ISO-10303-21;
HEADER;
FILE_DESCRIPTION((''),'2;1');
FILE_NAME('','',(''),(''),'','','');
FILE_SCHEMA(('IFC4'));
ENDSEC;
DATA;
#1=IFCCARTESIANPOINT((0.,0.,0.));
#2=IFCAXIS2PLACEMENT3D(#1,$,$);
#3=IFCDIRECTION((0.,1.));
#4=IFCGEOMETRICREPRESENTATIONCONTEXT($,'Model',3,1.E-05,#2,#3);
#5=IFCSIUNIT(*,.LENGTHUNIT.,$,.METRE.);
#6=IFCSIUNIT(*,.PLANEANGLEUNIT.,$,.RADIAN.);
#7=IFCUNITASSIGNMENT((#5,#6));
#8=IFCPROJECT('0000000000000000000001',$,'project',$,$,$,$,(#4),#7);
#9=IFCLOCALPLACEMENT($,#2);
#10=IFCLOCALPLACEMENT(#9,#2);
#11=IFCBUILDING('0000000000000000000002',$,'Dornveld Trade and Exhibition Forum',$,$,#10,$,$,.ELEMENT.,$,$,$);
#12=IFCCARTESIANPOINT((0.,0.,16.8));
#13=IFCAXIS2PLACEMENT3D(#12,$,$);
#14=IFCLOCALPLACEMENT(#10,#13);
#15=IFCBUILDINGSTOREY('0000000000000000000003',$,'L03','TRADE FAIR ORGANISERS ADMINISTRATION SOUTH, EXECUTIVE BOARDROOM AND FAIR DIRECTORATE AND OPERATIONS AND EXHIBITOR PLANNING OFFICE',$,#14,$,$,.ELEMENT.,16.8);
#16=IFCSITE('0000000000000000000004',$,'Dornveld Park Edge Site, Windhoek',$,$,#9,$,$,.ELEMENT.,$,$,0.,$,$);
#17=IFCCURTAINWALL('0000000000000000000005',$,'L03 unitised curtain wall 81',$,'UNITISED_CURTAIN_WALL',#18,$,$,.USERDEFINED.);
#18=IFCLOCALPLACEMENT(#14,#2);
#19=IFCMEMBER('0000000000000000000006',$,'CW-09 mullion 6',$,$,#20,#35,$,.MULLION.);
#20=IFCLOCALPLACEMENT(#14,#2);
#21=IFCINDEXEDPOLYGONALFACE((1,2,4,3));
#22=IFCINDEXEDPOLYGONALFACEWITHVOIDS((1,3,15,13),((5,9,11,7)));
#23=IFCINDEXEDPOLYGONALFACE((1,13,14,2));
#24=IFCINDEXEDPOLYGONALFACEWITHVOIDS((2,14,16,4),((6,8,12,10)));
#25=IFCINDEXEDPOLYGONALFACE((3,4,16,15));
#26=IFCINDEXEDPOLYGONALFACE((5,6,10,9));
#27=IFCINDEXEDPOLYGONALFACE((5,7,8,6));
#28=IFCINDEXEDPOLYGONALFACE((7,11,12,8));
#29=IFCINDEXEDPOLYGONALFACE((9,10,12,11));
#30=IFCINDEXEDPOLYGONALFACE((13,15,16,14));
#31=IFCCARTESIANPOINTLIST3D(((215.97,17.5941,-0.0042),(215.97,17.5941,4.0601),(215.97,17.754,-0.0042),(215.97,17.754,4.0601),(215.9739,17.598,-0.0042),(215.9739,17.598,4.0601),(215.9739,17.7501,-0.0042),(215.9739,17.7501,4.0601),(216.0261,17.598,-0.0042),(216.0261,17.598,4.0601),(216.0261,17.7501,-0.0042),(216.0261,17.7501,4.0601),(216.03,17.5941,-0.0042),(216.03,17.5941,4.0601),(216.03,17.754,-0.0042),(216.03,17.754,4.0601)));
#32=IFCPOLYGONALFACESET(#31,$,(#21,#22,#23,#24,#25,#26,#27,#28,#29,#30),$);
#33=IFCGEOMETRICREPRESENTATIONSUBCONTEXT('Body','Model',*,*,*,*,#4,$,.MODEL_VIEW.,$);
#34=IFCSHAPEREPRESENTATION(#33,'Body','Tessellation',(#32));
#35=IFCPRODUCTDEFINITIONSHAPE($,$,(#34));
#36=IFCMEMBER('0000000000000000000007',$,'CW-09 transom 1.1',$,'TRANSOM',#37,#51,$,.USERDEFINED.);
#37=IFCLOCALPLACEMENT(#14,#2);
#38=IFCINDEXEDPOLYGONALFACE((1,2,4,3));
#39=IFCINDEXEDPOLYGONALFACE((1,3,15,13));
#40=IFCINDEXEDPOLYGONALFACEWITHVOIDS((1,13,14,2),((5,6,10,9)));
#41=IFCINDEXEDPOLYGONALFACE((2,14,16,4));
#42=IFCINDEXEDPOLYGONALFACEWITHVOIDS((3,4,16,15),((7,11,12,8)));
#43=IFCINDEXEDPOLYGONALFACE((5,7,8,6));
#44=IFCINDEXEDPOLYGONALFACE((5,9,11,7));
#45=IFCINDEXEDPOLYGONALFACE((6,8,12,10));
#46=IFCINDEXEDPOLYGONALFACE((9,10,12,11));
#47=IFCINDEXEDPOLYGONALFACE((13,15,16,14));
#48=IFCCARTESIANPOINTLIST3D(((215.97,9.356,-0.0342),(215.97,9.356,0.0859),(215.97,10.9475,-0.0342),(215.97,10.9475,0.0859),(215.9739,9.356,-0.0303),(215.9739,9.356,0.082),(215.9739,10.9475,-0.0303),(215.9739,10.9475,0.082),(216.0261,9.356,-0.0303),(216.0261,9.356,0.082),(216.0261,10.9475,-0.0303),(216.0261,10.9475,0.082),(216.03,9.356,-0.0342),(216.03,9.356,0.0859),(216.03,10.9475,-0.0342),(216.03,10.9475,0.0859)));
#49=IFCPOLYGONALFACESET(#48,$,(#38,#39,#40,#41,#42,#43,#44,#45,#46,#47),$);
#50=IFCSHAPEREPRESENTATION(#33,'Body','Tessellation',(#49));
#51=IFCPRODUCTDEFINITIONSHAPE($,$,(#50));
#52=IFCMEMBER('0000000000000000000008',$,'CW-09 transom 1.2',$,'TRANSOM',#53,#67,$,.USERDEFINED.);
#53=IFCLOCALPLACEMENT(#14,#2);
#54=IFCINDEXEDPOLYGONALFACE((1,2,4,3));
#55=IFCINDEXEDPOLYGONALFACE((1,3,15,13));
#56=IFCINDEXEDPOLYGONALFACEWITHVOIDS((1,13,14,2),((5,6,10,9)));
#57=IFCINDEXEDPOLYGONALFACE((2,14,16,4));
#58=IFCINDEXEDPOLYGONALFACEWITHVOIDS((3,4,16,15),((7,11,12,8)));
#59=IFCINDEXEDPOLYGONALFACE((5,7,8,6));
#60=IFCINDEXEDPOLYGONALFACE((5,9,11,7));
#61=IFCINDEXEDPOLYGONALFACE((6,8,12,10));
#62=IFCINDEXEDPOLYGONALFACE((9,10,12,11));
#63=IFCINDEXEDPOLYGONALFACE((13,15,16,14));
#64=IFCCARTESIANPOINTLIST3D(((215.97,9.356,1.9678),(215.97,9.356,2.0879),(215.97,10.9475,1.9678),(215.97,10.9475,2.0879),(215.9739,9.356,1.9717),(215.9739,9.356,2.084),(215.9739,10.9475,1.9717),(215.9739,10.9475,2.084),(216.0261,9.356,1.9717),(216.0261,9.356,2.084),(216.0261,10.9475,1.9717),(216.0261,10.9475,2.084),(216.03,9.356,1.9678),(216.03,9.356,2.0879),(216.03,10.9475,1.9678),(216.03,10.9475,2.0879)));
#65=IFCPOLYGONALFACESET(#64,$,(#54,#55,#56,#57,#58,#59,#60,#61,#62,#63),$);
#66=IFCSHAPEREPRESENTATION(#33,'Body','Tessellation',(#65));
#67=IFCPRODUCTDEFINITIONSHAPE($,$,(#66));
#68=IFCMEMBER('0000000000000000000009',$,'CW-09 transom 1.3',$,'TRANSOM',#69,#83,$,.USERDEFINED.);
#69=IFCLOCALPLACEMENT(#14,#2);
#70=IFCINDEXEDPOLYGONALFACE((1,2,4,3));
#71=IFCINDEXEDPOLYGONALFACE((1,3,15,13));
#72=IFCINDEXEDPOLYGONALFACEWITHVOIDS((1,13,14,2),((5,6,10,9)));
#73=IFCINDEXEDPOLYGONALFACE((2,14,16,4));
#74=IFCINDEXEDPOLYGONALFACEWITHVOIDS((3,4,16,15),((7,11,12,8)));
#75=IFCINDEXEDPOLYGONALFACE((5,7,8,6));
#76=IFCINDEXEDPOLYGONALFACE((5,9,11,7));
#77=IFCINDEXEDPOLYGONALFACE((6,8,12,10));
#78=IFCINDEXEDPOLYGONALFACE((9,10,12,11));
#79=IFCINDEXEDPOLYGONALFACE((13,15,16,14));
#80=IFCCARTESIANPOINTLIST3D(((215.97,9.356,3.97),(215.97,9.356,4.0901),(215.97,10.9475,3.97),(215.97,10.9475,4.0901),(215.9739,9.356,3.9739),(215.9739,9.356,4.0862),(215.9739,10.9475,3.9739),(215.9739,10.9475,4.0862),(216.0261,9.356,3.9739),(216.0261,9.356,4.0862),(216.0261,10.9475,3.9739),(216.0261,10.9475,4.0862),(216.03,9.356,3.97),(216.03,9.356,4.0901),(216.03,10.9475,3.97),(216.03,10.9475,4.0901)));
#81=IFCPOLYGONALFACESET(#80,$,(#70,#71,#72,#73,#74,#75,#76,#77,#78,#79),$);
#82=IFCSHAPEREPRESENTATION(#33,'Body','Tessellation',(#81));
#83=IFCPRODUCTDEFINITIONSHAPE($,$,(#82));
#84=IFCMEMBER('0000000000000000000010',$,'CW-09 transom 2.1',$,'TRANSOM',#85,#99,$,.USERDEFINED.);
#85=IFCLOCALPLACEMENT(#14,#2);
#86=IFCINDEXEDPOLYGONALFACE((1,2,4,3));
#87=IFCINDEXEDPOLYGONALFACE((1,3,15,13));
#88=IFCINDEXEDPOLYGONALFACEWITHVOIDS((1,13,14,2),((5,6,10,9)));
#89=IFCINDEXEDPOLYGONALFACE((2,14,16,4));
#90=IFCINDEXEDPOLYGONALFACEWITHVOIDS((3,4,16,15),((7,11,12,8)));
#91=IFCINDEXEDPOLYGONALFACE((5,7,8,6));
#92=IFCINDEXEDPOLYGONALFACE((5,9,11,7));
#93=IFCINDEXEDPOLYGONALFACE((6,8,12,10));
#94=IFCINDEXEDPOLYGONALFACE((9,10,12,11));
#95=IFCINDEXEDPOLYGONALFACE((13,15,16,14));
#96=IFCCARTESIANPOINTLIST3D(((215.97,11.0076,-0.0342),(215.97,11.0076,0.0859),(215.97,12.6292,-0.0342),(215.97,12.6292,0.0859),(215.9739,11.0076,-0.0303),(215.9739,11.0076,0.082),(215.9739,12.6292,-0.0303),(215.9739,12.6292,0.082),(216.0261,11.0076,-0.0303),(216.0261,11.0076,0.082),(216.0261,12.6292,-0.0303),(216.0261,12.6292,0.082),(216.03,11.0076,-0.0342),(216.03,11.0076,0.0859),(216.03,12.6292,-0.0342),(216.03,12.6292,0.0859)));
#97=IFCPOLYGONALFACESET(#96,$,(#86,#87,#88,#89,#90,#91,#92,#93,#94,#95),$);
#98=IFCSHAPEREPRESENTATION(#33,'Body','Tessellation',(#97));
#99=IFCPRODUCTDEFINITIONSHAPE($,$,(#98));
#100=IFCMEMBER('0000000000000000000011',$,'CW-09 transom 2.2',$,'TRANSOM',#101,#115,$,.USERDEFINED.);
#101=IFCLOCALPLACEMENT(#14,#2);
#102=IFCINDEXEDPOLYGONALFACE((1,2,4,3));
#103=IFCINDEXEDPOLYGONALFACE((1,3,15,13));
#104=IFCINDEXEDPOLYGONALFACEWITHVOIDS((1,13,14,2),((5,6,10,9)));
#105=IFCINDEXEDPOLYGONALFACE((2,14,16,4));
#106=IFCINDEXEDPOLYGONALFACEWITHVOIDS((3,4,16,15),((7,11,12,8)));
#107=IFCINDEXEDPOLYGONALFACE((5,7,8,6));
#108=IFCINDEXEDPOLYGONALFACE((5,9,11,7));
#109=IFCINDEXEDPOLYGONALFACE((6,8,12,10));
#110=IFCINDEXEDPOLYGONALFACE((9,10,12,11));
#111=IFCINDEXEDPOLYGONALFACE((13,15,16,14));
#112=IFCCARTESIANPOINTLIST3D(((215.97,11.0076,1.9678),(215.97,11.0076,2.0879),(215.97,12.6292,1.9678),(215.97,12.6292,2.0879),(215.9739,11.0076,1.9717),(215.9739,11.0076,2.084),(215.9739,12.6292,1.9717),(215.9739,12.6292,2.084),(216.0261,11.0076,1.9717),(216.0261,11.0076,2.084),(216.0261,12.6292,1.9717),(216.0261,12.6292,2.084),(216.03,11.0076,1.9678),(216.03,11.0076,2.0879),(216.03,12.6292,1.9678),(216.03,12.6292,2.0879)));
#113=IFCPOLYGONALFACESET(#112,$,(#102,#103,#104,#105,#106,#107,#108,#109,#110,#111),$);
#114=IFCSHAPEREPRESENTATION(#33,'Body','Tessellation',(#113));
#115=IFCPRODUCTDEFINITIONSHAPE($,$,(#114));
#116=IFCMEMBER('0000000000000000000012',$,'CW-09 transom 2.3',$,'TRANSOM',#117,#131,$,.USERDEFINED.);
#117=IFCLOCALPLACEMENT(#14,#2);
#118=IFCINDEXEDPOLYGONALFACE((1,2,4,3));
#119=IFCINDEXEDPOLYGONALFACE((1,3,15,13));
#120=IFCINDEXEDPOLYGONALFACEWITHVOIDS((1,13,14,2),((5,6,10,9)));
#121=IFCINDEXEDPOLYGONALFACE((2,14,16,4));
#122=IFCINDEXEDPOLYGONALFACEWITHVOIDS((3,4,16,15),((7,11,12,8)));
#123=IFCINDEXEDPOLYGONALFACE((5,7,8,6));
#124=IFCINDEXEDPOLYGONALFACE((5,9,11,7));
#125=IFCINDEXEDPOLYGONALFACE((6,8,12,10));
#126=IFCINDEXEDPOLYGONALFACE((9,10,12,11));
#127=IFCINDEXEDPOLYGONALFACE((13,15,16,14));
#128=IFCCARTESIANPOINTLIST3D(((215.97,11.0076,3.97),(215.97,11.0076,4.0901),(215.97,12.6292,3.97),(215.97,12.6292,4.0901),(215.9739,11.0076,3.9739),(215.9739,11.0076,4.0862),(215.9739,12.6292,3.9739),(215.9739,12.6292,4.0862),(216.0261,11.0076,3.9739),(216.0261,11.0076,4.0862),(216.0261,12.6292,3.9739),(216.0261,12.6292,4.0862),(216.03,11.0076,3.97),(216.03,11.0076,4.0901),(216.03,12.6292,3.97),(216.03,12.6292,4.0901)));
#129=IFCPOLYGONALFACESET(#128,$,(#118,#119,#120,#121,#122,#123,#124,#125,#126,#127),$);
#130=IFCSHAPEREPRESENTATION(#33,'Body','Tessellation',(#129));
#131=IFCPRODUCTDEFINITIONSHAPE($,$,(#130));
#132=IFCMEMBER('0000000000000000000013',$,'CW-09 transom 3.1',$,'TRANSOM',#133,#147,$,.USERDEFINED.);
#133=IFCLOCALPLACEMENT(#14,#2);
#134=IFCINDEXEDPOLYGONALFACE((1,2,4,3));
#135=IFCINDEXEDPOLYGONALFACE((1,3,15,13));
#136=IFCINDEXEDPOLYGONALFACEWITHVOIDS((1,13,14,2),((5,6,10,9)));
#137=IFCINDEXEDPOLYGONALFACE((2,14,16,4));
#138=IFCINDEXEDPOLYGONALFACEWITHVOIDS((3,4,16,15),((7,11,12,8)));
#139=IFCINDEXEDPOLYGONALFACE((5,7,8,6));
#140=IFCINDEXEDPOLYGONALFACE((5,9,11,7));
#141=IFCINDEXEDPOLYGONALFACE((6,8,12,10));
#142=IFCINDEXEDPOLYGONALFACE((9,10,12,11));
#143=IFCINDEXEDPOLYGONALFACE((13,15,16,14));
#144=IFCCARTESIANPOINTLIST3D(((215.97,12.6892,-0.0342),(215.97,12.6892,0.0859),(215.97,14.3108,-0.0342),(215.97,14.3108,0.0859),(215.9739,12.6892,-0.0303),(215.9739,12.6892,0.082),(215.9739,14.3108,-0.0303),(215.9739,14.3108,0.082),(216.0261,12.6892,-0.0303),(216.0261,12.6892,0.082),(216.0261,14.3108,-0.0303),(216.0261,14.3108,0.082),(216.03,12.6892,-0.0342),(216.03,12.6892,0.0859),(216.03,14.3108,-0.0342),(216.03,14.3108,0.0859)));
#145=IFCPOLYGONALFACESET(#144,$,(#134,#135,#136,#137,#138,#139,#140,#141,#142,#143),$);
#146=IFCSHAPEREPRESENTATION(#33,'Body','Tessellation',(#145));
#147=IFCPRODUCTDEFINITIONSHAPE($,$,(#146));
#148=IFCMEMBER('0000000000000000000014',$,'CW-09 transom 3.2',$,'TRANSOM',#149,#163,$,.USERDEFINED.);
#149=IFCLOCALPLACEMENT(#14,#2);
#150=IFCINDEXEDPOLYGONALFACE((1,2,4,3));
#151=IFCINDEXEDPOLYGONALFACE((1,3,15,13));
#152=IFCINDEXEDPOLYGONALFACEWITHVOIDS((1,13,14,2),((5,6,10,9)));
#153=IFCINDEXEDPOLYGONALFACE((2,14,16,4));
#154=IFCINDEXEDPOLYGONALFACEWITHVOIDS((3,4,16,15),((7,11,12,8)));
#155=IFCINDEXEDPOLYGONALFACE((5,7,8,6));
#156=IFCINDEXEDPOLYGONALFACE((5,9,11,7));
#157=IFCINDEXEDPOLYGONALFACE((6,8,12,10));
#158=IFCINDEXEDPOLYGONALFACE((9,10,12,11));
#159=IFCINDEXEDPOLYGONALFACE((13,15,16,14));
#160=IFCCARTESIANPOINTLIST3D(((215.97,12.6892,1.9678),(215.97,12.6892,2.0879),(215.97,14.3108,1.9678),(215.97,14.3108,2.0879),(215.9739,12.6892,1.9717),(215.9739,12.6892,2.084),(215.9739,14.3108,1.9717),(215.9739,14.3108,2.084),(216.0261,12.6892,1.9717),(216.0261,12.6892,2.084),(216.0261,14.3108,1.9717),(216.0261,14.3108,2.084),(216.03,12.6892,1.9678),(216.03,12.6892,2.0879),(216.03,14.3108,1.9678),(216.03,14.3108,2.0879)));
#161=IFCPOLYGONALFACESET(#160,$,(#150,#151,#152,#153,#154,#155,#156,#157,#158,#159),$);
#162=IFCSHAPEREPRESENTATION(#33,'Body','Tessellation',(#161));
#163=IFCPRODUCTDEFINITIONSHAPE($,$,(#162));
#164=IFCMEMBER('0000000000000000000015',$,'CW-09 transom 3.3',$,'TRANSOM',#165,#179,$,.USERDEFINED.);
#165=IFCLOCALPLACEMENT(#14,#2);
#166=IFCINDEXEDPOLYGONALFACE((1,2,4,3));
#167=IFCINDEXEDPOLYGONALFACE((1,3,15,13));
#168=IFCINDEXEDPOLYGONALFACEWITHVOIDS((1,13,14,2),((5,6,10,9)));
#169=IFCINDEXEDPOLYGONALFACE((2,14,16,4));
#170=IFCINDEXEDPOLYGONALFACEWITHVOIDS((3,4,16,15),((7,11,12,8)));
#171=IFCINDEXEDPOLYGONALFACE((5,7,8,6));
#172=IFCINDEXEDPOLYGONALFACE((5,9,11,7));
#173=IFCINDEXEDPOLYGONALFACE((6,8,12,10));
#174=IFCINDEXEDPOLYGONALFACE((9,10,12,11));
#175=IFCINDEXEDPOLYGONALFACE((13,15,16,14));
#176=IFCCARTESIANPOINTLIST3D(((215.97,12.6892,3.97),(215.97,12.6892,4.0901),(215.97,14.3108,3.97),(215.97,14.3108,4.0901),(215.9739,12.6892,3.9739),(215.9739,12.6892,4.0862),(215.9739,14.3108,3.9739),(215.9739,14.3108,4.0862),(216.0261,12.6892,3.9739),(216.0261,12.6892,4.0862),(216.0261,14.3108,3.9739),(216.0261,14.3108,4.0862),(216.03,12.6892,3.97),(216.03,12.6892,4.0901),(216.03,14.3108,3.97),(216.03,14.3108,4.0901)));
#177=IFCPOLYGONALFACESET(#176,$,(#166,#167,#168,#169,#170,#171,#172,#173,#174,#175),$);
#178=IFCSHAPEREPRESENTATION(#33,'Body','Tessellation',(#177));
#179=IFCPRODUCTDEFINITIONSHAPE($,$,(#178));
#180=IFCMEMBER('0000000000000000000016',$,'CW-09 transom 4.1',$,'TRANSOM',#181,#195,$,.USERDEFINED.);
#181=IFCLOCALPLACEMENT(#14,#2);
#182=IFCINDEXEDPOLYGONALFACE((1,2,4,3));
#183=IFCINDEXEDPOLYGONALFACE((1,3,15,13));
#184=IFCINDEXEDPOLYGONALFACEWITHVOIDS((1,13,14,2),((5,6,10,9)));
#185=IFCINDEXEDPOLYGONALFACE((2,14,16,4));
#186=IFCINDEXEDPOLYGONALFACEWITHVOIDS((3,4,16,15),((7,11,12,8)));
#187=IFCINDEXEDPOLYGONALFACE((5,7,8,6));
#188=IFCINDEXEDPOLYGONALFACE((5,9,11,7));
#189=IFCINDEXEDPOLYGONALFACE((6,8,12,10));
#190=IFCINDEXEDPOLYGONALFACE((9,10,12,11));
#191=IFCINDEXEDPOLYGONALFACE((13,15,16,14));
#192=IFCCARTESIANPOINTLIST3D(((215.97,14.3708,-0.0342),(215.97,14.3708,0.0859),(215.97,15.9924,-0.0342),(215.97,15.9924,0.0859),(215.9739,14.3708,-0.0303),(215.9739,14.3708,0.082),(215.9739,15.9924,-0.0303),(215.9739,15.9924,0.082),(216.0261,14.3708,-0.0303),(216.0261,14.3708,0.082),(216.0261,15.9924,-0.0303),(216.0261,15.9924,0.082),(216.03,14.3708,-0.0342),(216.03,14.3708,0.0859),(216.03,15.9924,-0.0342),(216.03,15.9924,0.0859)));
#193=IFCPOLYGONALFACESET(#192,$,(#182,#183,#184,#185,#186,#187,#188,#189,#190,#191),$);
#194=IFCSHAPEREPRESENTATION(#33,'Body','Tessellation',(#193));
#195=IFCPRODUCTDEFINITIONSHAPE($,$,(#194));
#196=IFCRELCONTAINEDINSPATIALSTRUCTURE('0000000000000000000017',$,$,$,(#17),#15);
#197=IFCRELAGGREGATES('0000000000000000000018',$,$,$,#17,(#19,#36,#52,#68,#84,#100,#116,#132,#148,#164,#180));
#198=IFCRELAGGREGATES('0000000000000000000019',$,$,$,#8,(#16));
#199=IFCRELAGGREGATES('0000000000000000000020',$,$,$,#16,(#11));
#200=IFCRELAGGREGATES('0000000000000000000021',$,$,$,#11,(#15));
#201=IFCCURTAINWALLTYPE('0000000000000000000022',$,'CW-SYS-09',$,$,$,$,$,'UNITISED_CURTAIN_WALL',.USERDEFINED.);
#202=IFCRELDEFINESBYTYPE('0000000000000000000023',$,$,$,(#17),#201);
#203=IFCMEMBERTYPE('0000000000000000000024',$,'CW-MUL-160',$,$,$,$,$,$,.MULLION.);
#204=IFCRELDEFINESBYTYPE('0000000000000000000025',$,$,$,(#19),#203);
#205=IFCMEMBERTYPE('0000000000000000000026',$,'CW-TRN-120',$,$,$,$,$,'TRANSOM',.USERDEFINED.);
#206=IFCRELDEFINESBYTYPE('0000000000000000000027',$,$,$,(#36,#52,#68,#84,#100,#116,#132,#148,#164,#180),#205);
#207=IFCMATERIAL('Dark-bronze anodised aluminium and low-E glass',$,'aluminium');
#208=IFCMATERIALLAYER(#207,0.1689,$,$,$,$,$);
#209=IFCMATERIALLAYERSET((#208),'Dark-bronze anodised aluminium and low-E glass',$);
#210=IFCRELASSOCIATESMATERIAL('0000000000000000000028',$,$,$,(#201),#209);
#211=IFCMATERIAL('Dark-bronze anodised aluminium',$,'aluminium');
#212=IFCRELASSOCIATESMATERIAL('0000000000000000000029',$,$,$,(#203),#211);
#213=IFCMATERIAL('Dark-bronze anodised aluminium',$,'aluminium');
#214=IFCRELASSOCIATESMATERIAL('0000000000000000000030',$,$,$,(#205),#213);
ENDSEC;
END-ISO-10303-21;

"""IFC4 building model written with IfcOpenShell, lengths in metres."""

from ifc_helpers import new_model, si_unit, direction, frame, origin, origin_2d, place, context, subcontext, project, spatial, hollow_rectangle, extrude, material, layer, layer_set, material_profile, profile_set, type_object, element, aggregate, save


model = new_model("IFC4")

# Units and contexts
model_context = context("Model", 3, precision=1e-05, world=origin(), true_north=direction((0.0, 1.0)))
body_context = subcontext(model_context, "Body", "Model", "MODEL_VIEW")
ifc_project = project(units=[si_unit("LENGTHUNIT", "METRE"), si_unit("PLANEANGLEUNIT", "RADIAN")], contexts=[model_context])

# Site, building, storey
site_placement = place(None, origin())
site = spatial("IfcSite", under=ifc_project, at=site_placement, Name="Dornveld Park Edge Site, Windhoek", CompositionType="ELEMENT", RefElevation=0.0)
building_placement = place(site_placement, origin())
building = spatial("IfcBuilding", under=site, at=building_placement, Name="Dornveld Trade and Exhibition Forum", CompositionType="ELEMENT")
storey_placement = place(building_placement, frame((0.0, 0.0, 16.8)))
storey = spatial("IfcBuildingStorey", under=building, at=storey_placement, Name="L03", Description="TRADE FAIR ORGANISERS ADMINISTRATION SOUTH, EXECUTIVE BOARDROOM AND FAIR DIRECTORATE AND OPERATIONS AND EXHIBITOR PLANNING OFFICE", CompositionType="ELEMENT", Elevation=16.8)

# Curtain wall, members
ifc_material_1 = material(Name="Dark-bronze anodised aluminium and low-E glass", Category="aluminium")
ifc_layer_1 = layer(ifc_material_1, 0.1689)
ifc_layer_set_1 = layer_set([ifc_layer_1], Name="Dark-bronze anodised aluminium and low-E glass")
curtain_wall_type = type_object("IfcCurtainWallType", Name="CW-SYS-09", ElementType="UNITISED_CURTAIN_WALL", PredefinedType="USERDEFINED", material=ifc_layer_set_1)
curtain_wall_placement = place(storey_placement, origin())
curtain_wall = element("IfcCurtainWall", 1, at=curtain_wall_placement, inside=storey, type_object=curtain_wall_type, Name="L03 unitised curtain wall 81", ObjectType="UNITISED_CURTAIN_WALL", PredefinedType="USERDEFINED")
ifc_material_2 = material(Name="Dark-bronze anodised aluminium", Category="aluminium")
ifc_material_profile_1 = material_profile(ifc_material_2, hollow_rectangle(XDim=0.0601, YDim=0.1599, WallThickness=0.0039, at=origin_2d()), Name="RHS 160x60x4")
ifc_profile_set_1 = profile_set([ifc_material_profile_1], Name="Dark-bronze anodised aluminium")
member_type_1 = type_object("IfcMemberType", Name="CW-MUL-160", PredefinedType="MULLION", material=ifc_profile_set_1)
member_1_placement = place(storey_placement, frame((216.0, 17.6741, -0.0042), z_axis=(0.0, 0.0, 1.0), x_axis=(-1.0, 0.0, 0.0)))
member_1 = element("IfcMember", 2, at=member_1_placement, type_object=member_type_1, Name="CW-09 mullion 6", PredefinedType="MULLION", context=body_context, shape_type="SweptSolid", body=[
    extrude(hollow_rectangle(XDim=0.0601, YDim=0.1599, WallThickness=0.0039, at=origin_2d()), origin(), (0.0, 0.0, 1.0), 4.0642),
])
ifc_material_3 = material(Name="Dark-bronze anodised aluminium", Category="aluminium")
ifc_material_profile_2 = material_profile(ifc_material_3, hollow_rectangle(XDim=0.0601, YDim=0.1201, WallThickness=0.0039, at=origin_2d()), Name="RHS 120x60x4")
ifc_profile_set_2 = profile_set([ifc_material_profile_2], Name="Dark-bronze anodised aluminium")
member_type_2 = type_object("IfcMemberType", Name="CW-TRN-120", ElementType="TRANSOM", PredefinedType="USERDEFINED", material=ifc_profile_set_2)
member_2_placement = place(storey_placement, frame((216.0, 9.356, 0.0259), z_axis=(0.0, 1.0, 0.0), x_axis=(-1.0, 0.0, 0.0)))
member_2 = element("IfcMember", 3, at=member_2_placement, type_object=member_type_2, Name="CW-09 transom 1.1", ObjectType="TRANSOM", PredefinedType="USERDEFINED", context=body_context, shape_type="SweptSolid", body=[
    extrude(hollow_rectangle(XDim=0.0601, YDim=0.1201, WallThickness=0.0039, at=origin_2d()), origin(), (0.0, 0.0, 1.0), 1.5916),
])
member_3_placement = place(storey_placement, frame((216.0, 9.356, 2.0278), z_axis=(0.0, 1.0, 0.0), x_axis=(-1.0, 0.0, 0.0)))
member_3 = element("IfcMember", 4, at=member_3_placement, type_object=member_type_2, Name="CW-09 transom 1.2", ObjectType="TRANSOM", PredefinedType="USERDEFINED", context=body_context, shape_type="SweptSolid", body=[
    extrude(hollow_rectangle(XDim=0.0601, YDim=0.1201, WallThickness=0.0039, at=origin_2d()), origin(), (0.0, 0.0, 1.0), 1.5916),
])
member_4_placement = place(storey_placement, frame((216.0, 9.356, 4.03), z_axis=(0.0, 1.0, 0.0), x_axis=(-1.0, 0.0, 0.0)))
member_4 = element("IfcMember", 5, at=member_4_placement, type_object=member_type_2, Name="CW-09 transom 1.3", ObjectType="TRANSOM", PredefinedType="USERDEFINED", context=body_context, shape_type="SweptSolid", body=[
    extrude(hollow_rectangle(XDim=0.0601, YDim=0.1201, WallThickness=0.0039, at=origin_2d()), origin(), (0.0, 0.0, 1.0), 1.5916),
])
member_5_placement = place(storey_placement, frame((216.0, 11.0076, 0.0259), z_axis=(0.0, 1.0, 0.0), x_axis=(-1.0, 0.0, 0.0)))
member_5 = element("IfcMember", 6, at=member_5_placement, type_object=member_type_2, Name="CW-09 transom 2.1", ObjectType="TRANSOM", PredefinedType="USERDEFINED", context=body_context, shape_type="SweptSolid", body=[
    extrude(hollow_rectangle(XDim=0.0601, YDim=0.1201, WallThickness=0.0039, at=origin_2d()), origin(), (0.0, 0.0, 1.0), 1.6216),
])
member_6_placement = place(storey_placement, frame((216.0, 11.0076, 2.0278), z_axis=(0.0, 1.0, 0.0), x_axis=(-1.0, 0.0, 0.0)))
member_6 = element("IfcMember", 7, at=member_6_placement, type_object=member_type_2, Name="CW-09 transom 2.2", ObjectType="TRANSOM", PredefinedType="USERDEFINED", context=body_context, shape_type="SweptSolid", body=[
    extrude(hollow_rectangle(XDim=0.0601, YDim=0.1201, WallThickness=0.0039, at=origin_2d()), origin(), (0.0, 0.0, 1.0), 1.6216),
])
member_7_placement = place(storey_placement, frame((216.0, 11.0076, 4.03), z_axis=(0.0, 1.0, 0.0), x_axis=(-1.0, 0.0, 0.0)))
member_7 = element("IfcMember", 8, at=member_7_placement, type_object=member_type_2, Name="CW-09 transom 2.3", ObjectType="TRANSOM", PredefinedType="USERDEFINED", context=body_context, shape_type="SweptSolid", body=[
    extrude(hollow_rectangle(XDim=0.0601, YDim=0.1201, WallThickness=0.0039, at=origin_2d()), origin(), (0.0, 0.0, 1.0), 1.6216),
])
member_8_placement = place(storey_placement, frame((216.0, 12.6892, 0.0259), z_axis=(0.0, 1.0, 0.0), x_axis=(-1.0, 0.0, 0.0)))
member_8 = element("IfcMember", 9, at=member_8_placement, type_object=member_type_2, Name="CW-09 transom 3.1", ObjectType="TRANSOM", PredefinedType="USERDEFINED", context=body_context, shape_type="SweptSolid", body=[
    extrude(hollow_rectangle(XDim=0.0601, YDim=0.1201, WallThickness=0.0039, at=origin_2d()), origin(), (0.0, 0.0, 1.0), 1.6216),
])
member_9_placement = place(storey_placement, frame((216.0, 12.6892, 2.0278), z_axis=(0.0, 1.0, 0.0), x_axis=(-1.0, 0.0, 0.0)))
member_9 = element("IfcMember", 10, at=member_9_placement, type_object=member_type_2, Name="CW-09 transom 3.2", ObjectType="TRANSOM", PredefinedType="USERDEFINED", context=body_context, shape_type="SweptSolid", body=[
    extrude(hollow_rectangle(XDim=0.0601, YDim=0.1201, WallThickness=0.0039, at=origin_2d()), origin(), (0.0, 0.0, 1.0), 1.6216),
])
member_10_placement = place(storey_placement, frame((216.0, 12.6892, 4.03), z_axis=(0.0, 1.0, 0.0), x_axis=(-1.0, 0.0, 0.0)))
member_10 = element("IfcMember", 11, at=member_10_placement, type_object=member_type_2, Name="CW-09 transom 3.3", ObjectType="TRANSOM", PredefinedType="USERDEFINED", context=body_context, shape_type="SweptSolid", body=[
    extrude(hollow_rectangle(XDim=0.0601, YDim=0.1201, WallThickness=0.0039, at=origin_2d()), origin(), (0.0, 0.0, 1.0), 1.6216),
])
member_11_placement = place(storey_placement, frame((216.0, 14.3708, 0.0259), z_axis=(0.0, 1.0, 0.0), x_axis=(-1.0, 0.0, 0.0)))
member_11 = element("IfcMember", 12, at=member_11_placement, type_object=member_type_2, Name="CW-09 transom 4.1", ObjectType="TRANSOM", PredefinedType="USERDEFINED", context=body_context, shape_type="SweptSolid", body=[
    extrude(hollow_rectangle(XDim=0.0601, YDim=0.1201, WallThickness=0.0039, at=origin_2d()), origin(), (0.0, 0.0, 1.0), 1.6216),
])
aggregate(curtain_wall, [member_1, member_2, member_3, member_4, member_5, member_6, member_7, member_8, member_9, member_10, member_11])

save(model, "model.ifc")
